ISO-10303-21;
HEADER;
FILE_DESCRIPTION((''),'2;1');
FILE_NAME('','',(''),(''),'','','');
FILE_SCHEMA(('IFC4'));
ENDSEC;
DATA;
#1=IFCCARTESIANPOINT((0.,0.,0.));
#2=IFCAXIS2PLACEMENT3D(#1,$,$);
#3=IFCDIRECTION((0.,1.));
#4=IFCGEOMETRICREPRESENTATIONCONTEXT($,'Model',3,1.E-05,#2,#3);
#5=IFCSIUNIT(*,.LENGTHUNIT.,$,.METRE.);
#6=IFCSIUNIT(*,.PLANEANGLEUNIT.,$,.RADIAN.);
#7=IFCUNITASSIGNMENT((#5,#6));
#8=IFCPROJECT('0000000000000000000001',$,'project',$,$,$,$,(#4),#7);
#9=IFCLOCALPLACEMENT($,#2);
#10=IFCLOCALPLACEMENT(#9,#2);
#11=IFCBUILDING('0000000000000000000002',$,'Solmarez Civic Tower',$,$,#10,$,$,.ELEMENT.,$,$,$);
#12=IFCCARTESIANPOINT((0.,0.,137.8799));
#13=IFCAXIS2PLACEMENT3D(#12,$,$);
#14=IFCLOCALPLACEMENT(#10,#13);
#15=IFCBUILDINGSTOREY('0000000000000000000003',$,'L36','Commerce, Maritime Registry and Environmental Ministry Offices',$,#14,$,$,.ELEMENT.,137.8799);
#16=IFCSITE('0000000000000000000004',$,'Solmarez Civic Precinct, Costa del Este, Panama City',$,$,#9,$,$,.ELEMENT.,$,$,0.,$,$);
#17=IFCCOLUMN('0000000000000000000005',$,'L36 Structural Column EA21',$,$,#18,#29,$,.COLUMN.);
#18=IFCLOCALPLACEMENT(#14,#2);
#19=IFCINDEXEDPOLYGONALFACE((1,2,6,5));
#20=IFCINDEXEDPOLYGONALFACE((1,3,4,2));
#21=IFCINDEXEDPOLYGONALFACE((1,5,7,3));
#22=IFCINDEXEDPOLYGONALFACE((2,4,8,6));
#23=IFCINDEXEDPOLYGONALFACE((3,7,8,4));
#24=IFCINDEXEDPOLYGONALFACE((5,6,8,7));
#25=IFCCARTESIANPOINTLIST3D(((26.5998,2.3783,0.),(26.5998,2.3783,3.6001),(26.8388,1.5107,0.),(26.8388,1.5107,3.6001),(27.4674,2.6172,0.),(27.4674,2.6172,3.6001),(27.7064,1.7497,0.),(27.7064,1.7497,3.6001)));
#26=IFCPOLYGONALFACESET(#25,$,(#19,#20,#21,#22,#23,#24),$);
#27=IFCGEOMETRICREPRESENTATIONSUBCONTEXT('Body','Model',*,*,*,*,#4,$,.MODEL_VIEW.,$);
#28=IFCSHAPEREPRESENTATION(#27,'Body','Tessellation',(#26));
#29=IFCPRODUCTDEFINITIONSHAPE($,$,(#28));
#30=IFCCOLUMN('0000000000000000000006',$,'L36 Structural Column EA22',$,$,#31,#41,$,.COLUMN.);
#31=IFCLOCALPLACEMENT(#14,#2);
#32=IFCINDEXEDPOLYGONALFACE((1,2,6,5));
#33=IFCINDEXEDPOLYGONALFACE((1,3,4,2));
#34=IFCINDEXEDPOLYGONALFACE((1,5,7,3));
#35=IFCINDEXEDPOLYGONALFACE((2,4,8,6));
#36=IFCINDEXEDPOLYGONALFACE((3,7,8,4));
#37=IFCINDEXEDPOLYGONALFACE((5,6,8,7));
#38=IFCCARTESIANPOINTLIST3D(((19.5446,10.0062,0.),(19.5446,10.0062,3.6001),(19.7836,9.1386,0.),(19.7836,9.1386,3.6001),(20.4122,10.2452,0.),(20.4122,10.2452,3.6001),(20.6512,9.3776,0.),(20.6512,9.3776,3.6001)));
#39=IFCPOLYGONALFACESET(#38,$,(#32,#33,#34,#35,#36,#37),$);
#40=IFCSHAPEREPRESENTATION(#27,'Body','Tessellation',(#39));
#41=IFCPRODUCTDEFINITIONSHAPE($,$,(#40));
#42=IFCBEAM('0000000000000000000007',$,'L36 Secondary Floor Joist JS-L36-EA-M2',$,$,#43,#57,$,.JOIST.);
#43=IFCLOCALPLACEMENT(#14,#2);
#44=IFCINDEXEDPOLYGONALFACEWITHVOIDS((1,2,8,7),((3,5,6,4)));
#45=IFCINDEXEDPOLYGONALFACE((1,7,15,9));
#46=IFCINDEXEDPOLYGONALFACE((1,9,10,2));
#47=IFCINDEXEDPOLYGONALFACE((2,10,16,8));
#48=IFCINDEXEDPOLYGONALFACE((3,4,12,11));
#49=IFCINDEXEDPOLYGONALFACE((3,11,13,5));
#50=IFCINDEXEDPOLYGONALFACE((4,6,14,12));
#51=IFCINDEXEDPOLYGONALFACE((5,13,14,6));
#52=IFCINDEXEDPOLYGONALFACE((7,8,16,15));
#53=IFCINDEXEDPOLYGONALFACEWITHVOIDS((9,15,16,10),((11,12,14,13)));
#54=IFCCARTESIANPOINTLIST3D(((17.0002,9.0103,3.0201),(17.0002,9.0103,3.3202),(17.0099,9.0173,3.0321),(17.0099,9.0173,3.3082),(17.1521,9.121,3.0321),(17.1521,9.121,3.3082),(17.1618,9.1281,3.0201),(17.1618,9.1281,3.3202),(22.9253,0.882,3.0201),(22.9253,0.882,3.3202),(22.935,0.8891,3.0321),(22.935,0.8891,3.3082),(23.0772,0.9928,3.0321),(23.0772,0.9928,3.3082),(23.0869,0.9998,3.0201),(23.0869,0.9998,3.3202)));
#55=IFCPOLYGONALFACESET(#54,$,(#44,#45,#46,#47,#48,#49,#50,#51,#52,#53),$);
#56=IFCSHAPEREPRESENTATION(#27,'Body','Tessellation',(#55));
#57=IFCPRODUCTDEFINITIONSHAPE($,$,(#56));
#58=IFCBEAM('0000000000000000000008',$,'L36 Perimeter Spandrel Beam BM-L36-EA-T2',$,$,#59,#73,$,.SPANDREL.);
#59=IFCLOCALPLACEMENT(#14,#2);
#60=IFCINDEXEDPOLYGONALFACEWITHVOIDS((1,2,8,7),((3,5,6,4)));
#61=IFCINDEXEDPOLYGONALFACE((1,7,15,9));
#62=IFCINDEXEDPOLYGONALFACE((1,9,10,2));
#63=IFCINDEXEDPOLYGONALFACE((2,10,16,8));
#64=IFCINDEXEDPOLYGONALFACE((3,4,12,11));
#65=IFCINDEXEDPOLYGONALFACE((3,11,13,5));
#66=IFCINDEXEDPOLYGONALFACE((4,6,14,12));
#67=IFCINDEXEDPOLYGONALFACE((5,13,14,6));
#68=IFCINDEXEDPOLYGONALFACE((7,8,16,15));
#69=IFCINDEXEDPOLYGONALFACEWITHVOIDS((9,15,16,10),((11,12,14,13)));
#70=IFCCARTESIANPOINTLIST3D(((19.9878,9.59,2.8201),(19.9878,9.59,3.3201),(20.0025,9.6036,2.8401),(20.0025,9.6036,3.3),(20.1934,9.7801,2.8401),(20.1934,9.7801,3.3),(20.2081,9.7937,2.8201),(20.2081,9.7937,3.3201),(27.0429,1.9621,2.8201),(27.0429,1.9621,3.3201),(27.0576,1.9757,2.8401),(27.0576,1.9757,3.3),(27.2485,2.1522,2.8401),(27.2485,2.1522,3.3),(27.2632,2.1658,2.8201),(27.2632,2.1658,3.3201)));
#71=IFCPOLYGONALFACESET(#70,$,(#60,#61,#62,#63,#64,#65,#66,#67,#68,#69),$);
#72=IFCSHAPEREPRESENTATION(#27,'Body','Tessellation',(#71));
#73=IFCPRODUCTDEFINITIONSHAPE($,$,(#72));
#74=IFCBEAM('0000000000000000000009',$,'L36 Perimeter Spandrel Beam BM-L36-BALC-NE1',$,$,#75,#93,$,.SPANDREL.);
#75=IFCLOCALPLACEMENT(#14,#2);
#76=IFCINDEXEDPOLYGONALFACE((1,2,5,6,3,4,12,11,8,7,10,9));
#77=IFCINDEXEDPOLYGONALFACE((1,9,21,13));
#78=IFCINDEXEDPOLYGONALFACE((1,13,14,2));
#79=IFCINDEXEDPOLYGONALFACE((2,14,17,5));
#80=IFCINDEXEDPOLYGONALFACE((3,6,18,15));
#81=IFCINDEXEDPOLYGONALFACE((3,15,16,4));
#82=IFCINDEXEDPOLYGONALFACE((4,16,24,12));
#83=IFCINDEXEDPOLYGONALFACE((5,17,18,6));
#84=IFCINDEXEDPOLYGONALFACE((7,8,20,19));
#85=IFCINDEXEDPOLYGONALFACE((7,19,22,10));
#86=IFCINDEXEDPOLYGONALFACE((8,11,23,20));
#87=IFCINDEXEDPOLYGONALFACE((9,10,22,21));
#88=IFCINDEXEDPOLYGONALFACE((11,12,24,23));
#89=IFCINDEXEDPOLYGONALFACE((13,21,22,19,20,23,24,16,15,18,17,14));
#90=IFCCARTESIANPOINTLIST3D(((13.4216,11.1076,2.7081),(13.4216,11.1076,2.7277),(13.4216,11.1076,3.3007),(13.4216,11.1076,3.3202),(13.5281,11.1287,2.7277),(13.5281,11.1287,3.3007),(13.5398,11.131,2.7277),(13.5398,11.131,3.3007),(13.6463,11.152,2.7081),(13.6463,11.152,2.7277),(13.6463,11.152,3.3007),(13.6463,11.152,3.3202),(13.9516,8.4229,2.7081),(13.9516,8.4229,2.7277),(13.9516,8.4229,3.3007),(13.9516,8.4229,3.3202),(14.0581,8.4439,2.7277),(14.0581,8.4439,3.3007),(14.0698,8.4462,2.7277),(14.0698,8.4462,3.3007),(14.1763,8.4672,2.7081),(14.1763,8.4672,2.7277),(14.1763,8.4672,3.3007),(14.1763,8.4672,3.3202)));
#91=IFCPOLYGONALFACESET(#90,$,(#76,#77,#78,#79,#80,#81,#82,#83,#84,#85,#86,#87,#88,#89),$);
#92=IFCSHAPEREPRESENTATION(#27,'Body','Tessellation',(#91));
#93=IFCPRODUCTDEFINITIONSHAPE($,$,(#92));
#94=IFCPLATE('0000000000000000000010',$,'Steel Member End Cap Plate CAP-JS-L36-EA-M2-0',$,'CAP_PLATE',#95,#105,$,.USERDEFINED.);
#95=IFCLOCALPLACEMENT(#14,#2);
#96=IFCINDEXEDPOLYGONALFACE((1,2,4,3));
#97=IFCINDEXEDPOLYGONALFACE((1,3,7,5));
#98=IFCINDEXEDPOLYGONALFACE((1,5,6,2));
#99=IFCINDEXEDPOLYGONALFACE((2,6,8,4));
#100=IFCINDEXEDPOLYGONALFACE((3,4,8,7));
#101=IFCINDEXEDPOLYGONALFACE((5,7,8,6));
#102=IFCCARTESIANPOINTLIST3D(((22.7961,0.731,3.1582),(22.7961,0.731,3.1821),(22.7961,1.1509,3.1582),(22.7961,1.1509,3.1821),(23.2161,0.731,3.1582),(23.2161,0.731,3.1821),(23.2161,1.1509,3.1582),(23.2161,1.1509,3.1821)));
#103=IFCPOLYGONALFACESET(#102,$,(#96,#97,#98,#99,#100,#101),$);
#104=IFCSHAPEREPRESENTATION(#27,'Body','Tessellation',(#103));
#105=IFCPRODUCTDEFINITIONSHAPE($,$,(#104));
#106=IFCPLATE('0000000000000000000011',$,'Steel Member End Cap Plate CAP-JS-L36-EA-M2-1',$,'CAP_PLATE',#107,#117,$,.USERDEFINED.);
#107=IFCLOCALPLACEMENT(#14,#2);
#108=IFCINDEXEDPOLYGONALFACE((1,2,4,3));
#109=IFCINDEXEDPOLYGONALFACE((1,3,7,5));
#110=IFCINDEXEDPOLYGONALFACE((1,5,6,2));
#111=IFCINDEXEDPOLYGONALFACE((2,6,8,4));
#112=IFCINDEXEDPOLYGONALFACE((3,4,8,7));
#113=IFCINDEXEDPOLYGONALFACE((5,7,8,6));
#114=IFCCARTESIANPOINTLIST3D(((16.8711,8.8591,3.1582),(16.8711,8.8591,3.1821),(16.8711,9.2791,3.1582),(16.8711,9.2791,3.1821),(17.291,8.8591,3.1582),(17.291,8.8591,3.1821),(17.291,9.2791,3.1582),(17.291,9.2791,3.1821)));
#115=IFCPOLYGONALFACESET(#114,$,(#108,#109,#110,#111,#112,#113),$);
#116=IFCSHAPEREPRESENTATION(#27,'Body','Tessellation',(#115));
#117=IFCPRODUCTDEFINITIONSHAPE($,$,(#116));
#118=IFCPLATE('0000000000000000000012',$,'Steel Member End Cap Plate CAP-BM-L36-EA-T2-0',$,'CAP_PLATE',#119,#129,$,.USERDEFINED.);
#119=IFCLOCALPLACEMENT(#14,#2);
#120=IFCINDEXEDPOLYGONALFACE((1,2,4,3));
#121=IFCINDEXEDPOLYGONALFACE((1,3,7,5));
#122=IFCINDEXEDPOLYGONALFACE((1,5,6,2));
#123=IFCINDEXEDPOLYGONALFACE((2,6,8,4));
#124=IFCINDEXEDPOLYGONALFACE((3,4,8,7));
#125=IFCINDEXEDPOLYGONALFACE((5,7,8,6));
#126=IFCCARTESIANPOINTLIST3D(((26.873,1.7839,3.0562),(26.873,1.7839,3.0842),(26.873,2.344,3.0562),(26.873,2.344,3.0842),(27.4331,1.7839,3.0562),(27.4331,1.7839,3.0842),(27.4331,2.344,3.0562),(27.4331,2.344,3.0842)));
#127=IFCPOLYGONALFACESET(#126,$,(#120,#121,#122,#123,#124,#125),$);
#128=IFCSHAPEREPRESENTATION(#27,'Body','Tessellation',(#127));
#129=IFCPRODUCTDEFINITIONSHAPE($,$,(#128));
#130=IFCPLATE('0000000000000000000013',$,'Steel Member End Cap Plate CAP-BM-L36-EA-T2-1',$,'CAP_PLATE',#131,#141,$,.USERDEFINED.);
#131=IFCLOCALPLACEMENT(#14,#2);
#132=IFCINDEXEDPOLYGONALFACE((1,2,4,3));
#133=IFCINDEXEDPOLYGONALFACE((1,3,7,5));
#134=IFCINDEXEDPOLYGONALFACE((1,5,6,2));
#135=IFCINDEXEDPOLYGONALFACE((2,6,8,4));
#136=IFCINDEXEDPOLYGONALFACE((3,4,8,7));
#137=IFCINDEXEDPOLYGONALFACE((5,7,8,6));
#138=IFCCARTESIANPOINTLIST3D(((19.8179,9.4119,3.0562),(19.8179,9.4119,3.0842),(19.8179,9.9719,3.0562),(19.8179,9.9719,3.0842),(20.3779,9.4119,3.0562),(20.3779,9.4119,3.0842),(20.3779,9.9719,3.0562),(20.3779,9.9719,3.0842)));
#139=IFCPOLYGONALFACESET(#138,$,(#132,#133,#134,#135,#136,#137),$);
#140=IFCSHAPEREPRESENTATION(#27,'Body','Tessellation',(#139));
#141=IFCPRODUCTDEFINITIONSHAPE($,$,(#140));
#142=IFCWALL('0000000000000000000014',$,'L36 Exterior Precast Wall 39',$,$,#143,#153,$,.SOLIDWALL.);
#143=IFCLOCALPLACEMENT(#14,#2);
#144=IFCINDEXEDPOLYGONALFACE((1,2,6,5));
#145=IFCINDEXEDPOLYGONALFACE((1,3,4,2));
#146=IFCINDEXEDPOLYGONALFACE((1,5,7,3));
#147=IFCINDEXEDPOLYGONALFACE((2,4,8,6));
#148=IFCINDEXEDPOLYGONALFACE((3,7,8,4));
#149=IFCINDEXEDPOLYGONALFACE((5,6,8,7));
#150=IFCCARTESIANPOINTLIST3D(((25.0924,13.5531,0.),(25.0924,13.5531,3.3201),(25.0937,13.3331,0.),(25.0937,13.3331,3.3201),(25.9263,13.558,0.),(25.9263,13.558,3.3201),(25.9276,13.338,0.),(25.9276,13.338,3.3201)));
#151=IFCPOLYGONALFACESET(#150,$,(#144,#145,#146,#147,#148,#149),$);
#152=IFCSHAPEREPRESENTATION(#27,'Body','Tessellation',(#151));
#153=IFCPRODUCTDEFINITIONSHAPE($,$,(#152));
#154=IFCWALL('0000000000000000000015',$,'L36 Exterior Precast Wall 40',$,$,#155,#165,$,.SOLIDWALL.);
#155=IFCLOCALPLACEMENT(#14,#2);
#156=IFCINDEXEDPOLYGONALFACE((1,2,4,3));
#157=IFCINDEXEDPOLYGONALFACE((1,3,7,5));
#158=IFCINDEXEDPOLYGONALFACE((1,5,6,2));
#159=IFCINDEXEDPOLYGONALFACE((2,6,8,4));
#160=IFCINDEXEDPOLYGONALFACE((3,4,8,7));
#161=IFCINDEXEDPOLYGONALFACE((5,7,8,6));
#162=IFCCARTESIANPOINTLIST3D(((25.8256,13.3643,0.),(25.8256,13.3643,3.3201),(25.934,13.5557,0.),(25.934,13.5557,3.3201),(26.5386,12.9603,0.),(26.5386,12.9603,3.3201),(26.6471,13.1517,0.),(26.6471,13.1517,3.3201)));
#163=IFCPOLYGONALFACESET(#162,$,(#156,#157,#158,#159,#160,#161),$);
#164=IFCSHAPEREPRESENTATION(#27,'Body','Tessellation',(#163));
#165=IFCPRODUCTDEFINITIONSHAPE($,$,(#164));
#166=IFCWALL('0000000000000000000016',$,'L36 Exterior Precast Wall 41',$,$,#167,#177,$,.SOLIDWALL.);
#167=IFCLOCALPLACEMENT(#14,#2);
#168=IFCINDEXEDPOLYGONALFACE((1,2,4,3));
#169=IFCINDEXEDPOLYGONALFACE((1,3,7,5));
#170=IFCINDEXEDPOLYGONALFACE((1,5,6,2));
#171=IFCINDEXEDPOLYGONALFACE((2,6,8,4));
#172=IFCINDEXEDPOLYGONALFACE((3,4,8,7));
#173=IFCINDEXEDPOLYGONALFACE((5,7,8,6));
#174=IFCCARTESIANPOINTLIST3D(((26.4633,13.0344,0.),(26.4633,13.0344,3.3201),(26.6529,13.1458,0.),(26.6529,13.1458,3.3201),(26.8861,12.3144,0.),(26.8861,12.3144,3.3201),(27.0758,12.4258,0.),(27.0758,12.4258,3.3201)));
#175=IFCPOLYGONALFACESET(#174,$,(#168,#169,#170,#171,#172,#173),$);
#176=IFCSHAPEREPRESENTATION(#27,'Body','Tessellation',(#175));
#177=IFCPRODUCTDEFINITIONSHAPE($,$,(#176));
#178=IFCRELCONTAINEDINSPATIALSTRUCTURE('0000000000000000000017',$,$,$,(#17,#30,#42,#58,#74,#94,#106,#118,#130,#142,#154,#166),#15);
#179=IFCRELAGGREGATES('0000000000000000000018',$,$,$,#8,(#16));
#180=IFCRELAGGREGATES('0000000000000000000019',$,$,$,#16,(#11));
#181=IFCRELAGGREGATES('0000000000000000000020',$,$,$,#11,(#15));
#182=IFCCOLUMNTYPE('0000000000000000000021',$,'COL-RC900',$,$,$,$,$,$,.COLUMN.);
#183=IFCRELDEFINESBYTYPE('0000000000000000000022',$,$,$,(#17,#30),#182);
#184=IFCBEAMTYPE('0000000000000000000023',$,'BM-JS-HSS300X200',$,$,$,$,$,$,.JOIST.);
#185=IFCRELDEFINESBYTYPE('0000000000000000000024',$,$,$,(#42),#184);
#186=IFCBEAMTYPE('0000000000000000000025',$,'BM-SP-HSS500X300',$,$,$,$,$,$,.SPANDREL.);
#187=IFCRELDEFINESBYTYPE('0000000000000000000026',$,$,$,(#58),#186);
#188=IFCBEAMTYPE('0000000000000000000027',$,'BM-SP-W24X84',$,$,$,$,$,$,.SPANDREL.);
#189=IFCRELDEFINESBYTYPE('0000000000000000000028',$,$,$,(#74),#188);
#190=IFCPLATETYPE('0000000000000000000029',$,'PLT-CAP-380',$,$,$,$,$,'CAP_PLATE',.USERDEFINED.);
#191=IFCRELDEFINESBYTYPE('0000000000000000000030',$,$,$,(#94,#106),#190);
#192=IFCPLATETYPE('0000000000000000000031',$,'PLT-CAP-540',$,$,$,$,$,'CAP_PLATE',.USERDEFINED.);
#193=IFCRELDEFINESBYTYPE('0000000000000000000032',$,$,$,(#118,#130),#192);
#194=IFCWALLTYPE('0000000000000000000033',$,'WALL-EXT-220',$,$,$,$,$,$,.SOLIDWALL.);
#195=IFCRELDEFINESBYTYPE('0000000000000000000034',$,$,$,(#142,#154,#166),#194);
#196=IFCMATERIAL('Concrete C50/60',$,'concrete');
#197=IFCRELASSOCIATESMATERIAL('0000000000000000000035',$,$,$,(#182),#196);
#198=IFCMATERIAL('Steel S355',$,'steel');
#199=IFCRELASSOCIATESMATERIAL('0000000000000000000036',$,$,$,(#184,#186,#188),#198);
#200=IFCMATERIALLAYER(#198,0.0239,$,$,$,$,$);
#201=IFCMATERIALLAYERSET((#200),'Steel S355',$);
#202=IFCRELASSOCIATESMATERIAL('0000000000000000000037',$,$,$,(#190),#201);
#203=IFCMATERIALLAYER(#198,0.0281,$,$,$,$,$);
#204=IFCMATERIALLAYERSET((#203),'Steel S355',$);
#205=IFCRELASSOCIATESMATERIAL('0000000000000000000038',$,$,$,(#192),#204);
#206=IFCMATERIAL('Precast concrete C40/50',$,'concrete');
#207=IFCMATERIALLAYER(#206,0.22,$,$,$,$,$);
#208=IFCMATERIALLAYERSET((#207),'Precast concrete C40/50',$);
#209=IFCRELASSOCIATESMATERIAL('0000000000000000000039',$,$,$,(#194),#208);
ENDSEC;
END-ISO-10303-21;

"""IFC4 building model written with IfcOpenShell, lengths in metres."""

from ifc_helpers import new_model, si_unit, direction, frame, frame_2d, origin, origin_2d, place, context, subcontext, project, spatial, rectangle, hollow_rectangle, i_section, extrude, material, layer, layer_set, material_profile, profile_set, type_object, element, save


model = new_model("IFC4")

# Units and contexts
model_context = context("Model", 3, precision=1e-05, world=origin(), true_north=direction((0.0, 1.0)))
body_context = subcontext(model_context, "Body", "Model", "MODEL_VIEW")
ifc_project = project(units=[si_unit("LENGTHUNIT", "METRE"), si_unit("PLANEANGLEUNIT", "RADIAN")], contexts=[model_context])

# Site, building, storey
site_placement = place(None, origin())
site = spatial("IfcSite", under=ifc_project, at=site_placement, Name="Solmarez Civic Precinct, Costa del Este, Panama City", CompositionType="ELEMENT", RefElevation=0.0)
building_placement = place(site_placement, origin())
building = spatial("IfcBuilding", under=site, at=building_placement, Name="Solmarez Civic Tower", CompositionType="ELEMENT")
storey_placement = place(building_placement, frame((0.0, 0.0, 137.8799)))
storey = spatial("IfcBuildingStorey", under=building, at=storey_placement, Name="L36", Description="Commerce, Maritime Registry and Environmental Ministry Offices", CompositionType="ELEMENT", Elevation=137.8799)

# Columns
ifc_material_1 = material(Name="Concrete C50/60", Category="concrete")
ifc_material_profile_1 = material_profile(ifc_material_1, rectangle(XDim=0.8999, YDim=0.8999, at=origin_2d()), Name="RC900X900")
ifc_profile_set_1 = profile_set([ifc_material_profile_1], Name="Concrete C50/60")
column_type = type_object("IfcColumnType", Name="COL-RC900", PredefinedType="COLUMN", material=ifc_profile_set_1)
for number, where, z_axis, x_axis, name in (
    (1, (27.1531, 2.064, 0.0), (0.0, 0.0, 1.0), (0.964095, 0.265556, 0.0), "L36 Structural Column EA21"),
    (2, (20.0979, 9.6919, 0.0), (0.0, 0.0, 1.0), (0.964095, 0.265556, 0.0), "L36 Structural Column EA22"),
):
    element("IfcColumn", number, at=place(storey_placement, frame(where, z_axis=z_axis, x_axis=x_axis)), inside=storey, type_object=column_type, Name=name, PredefinedType="COLUMN", context=body_context, shape_type="SweptSolid", body=[
        extrude(rectangle(XDim=0.8999, YDim=0.8999, at=origin_2d()), origin(), (0.0, 0.0, 1.0), 3.6001),
    ])

# Beams
ifc_material_2 = material(Name="Steel S355", Category="steel")
ifc_material_profile_2 = material_profile(ifc_material_2, hollow_rectangle(XDim=0.2, YDim=0.3, WallThickness=0.012, at=origin_2d()), Name="HSS300X200X12")
ifc_profile_set_2 = profile_set([ifc_material_profile_2], Name="Steel S355")
beam_type_1 = type_object("IfcBeamType", Name="BM-JS-HSS300X200", PredefinedType="JOIST", material=ifc_profile_set_2)
beam_1_placement = place(storey_placement, frame((23.0061, 0.9409, 3.1702), z_axis=(-0.589059, 0.80809, 0.0), x_axis=(-0.80809, -0.589059, 0.0)))
element("IfcBeam", 3, at=beam_1_placement, inside=storey, type_object=beam_type_1, Name="L36 Secondary Floor Joist JS-L36-EA-M2", PredefinedType="JOIST", context=body_context, shape_type="SweptSolid", body=[
    extrude(hollow_rectangle(XDim=0.2, YDim=0.3, WallThickness=0.012, at=origin_2d()), origin(), (0.0, 0.0, 1.0), 10.0586),
])
ifc_material_profile_3 = material_profile(ifc_material_2, hollow_rectangle(XDim=0.3, YDim=0.5, WallThickness=0.02, at=origin_2d()), Name="HSS500X300X20")
ifc_profile_set_3 = profile_set([ifc_material_profile_3], Name="Steel S355")
beam_type_2 = type_object("IfcBeamType", Name="BM-SP-HSS500X300", PredefinedType="SPANDREL", material=ifc_profile_set_3)
beam_2_placement = place(storey_placement, frame((27.1531, 2.064, 3.0701), z_axis=(-0.679008, 0.734131, 0.0), x_axis=(-0.734131, -0.679008, 0.0)))
element("IfcBeam", 4, at=beam_2_placement, inside=storey, type_object=beam_type_2, Name="L36 Perimeter Spandrel Beam BM-L36-EA-T2", PredefinedType="SPANDREL", context=body_context, shape_type="SweptSolid", body=[
    extrude(hollow_rectangle(XDim=0.3, YDim=0.5, WallThickness=0.02, at=origin_2d()), origin(), (0.0, 0.0, 1.0), 10.3904),
])
ifc_material_profile_4 = material_profile(ifc_material_2, i_section(OverallWidth=0.229, OverallDepth=0.6121, WebThickness=0.012, FlangeThickness=0.0195, at=origin_2d()), Name="W24X84")
ifc_profile_set_4 = profile_set([ifc_material_profile_4], Name="Steel S355")
beam_type_3 = type_object("IfcBeamType", Name="BM-SP-W24X84", PredefinedType="SPANDREL", material=ifc_profile_set_4)
beam_3_placement = place(storey_placement, frame((14.064, 8.4451, 3.0142), z_axis=(-0.193679, 0.981065, 0.0), x_axis=(-0.981065, -0.193679, 0.0)))
element("IfcBeam", 5, at=beam_3_placement, inside=storey, type_object=beam_type_3, Name="L36 Perimeter Spandrel Beam BM-L36-BALC-NE1", PredefinedType="SPANDREL", context=body_context, shape_type="SweptSolid", body=[
    extrude(i_section(OverallWidth=0.229, OverallDepth=0.6121, WebThickness=0.012, FlangeThickness=0.0195, at=origin_2d()), origin(), (0.0, 0.0, 1.0), 2.7366),
])

# Plates
ifc_layer_1 = layer(ifc_material_2, 0.0239)
ifc_layer_set_1 = layer_set([ifc_layer_1], Name="Steel S355")
plate_type_1 = type_object("IfcPlateType", Name="PLT-CAP-380", ElementType="CAP_PLATE", PredefinedType="USERDEFINED", material=ifc_layer_set_1)
for number, where, z_axis, x_axis, name in (
    (6, (23.0061, 0.9409, 3.1582), (0.0, 0.0, 1.0), (1.0, 0.0, 0.0), "Steel Member End Cap Plate CAP-JS-L36-EA-M2-0"),
    (7, (17.0811, 9.0691, 3.1582), (0.0, 0.0, 1.0), (1.0, 0.0, 0.0), "Steel Member End Cap Plate CAP-JS-L36-EA-M2-1"),
):
    element("IfcPlate", number, at=place(storey_placement, frame(where, z_axis=z_axis, x_axis=x_axis)), inside=storey, type_object=plate_type_1, Name=name, ObjectType="CAP_PLATE", PredefinedType="USERDEFINED", context=body_context, shape_type="SweptSolid", body=[
        extrude(rectangle(XDim=0.4199, YDim=0.4199, at=origin_2d()), origin(), (0.0, 0.0, 1.0), 0.0239),
    ])
ifc_layer_2 = layer(ifc_material_2, 0.0281)
ifc_layer_set_2 = layer_set([ifc_layer_2], Name="Steel S355")
plate_type_2 = type_object("IfcPlateType", Name="PLT-CAP-540", ElementType="CAP_PLATE", PredefinedType="USERDEFINED", material=ifc_layer_set_2)
for number, where, z_axis, x_axis, name in (
    (8, (27.1531, 2.064, 3.0562), (0.0, 0.0, 1.0), (1.0, 0.0, 0.0), "Steel Member End Cap Plate CAP-BM-L36-EA-T2-0"),
    (9, (20.0979, 9.6919, 3.0562), (0.0, 0.0, 1.0), (1.0, 0.0, 0.0), "Steel Member End Cap Plate CAP-BM-L36-EA-T2-1"),
):
    element("IfcPlate", number, at=place(storey_placement, frame(where, z_axis=z_axis, x_axis=x_axis)), inside=storey, type_object=plate_type_2, Name=name, ObjectType="CAP_PLATE", PredefinedType="USERDEFINED", context=body_context, shape_type="SweptSolid", body=[
        extrude(rectangle(XDim=0.5601, YDim=0.5601, at=origin_2d()), origin(), (0.0, 0.0, 1.0), 0.0281),
    ])

# Walls
ifc_material_3 = material(Name="Precast concrete C40/50", Category="concrete")
ifc_layer_3 = layer(ifc_material_3, 0.22)
ifc_layer_set_3 = layer_set([ifc_layer_3], Name="Precast concrete C40/50")
wall_type_1 = type_object("IfcWallType", Name="WALL-EXT-220", PredefinedType="SOLIDWALL", material=ifc_layer_set_3)
wall_1_placement = place(storey_placement, frame((25.093, 13.4431, 0.0), z_axis=(0.0, 0.0, 1.0), x_axis=(0.999983, 0.005855, 0.0)))
element("IfcWall", 10, at=wall_1_placement, inside=storey, type_object=wall_type_1, Name="L36 Exterior Precast Wall 39", PredefinedType="SOLIDWALL", context=body_context, shape_type="SweptSolid", body=[
    extrude(rectangle(XDim=0.834, YDim=0.22, at=frame_2d((0.417, 0.0))), origin(), (0.0, 0.0, 1.0), 3.3201),
])
wall_2_placement = place(storey_placement, frame((25.8799, 13.46, 0.0), z_axis=(0.0, 0.0, 1.0), x_axis=(0.870052, -0.49296, 0.0)))
element("IfcWall", 11, at=wall_2_placement, inside=storey, type_object=wall_type_1, Name="L36 Exterior Precast Wall 40", PredefinedType="SOLIDWALL", context=body_context, shape_type="SweptSolid", body=[
    extrude(rectangle(XDim=0.8196, YDim=0.22, at=frame_2d((0.4097, 0.0))), origin(), (0.0, 0.0, 1.0), 3.3201),
])
wall_3_placement = place(storey_placement, frame((26.5581, 13.0901, 0.0), z_axis=(0.0, 0.0, 1.0), x_axis=(0.506432, -0.86228, 0.0)))
element("IfcWall", 12, at=wall_3_placement, inside=storey, type_object=wall_type_1, Name="L36 Exterior Precast Wall 41", PredefinedType="SOLIDWALL", context=body_context, shape_type="SweptSolid", body=[
    extrude(rectangle(XDim=0.835, YDim=0.22, at=frame_2d((0.4175, 0.0))), origin(), (0.0, 0.0, 1.0), 3.3201),
])

save(model, "model.ifc")
